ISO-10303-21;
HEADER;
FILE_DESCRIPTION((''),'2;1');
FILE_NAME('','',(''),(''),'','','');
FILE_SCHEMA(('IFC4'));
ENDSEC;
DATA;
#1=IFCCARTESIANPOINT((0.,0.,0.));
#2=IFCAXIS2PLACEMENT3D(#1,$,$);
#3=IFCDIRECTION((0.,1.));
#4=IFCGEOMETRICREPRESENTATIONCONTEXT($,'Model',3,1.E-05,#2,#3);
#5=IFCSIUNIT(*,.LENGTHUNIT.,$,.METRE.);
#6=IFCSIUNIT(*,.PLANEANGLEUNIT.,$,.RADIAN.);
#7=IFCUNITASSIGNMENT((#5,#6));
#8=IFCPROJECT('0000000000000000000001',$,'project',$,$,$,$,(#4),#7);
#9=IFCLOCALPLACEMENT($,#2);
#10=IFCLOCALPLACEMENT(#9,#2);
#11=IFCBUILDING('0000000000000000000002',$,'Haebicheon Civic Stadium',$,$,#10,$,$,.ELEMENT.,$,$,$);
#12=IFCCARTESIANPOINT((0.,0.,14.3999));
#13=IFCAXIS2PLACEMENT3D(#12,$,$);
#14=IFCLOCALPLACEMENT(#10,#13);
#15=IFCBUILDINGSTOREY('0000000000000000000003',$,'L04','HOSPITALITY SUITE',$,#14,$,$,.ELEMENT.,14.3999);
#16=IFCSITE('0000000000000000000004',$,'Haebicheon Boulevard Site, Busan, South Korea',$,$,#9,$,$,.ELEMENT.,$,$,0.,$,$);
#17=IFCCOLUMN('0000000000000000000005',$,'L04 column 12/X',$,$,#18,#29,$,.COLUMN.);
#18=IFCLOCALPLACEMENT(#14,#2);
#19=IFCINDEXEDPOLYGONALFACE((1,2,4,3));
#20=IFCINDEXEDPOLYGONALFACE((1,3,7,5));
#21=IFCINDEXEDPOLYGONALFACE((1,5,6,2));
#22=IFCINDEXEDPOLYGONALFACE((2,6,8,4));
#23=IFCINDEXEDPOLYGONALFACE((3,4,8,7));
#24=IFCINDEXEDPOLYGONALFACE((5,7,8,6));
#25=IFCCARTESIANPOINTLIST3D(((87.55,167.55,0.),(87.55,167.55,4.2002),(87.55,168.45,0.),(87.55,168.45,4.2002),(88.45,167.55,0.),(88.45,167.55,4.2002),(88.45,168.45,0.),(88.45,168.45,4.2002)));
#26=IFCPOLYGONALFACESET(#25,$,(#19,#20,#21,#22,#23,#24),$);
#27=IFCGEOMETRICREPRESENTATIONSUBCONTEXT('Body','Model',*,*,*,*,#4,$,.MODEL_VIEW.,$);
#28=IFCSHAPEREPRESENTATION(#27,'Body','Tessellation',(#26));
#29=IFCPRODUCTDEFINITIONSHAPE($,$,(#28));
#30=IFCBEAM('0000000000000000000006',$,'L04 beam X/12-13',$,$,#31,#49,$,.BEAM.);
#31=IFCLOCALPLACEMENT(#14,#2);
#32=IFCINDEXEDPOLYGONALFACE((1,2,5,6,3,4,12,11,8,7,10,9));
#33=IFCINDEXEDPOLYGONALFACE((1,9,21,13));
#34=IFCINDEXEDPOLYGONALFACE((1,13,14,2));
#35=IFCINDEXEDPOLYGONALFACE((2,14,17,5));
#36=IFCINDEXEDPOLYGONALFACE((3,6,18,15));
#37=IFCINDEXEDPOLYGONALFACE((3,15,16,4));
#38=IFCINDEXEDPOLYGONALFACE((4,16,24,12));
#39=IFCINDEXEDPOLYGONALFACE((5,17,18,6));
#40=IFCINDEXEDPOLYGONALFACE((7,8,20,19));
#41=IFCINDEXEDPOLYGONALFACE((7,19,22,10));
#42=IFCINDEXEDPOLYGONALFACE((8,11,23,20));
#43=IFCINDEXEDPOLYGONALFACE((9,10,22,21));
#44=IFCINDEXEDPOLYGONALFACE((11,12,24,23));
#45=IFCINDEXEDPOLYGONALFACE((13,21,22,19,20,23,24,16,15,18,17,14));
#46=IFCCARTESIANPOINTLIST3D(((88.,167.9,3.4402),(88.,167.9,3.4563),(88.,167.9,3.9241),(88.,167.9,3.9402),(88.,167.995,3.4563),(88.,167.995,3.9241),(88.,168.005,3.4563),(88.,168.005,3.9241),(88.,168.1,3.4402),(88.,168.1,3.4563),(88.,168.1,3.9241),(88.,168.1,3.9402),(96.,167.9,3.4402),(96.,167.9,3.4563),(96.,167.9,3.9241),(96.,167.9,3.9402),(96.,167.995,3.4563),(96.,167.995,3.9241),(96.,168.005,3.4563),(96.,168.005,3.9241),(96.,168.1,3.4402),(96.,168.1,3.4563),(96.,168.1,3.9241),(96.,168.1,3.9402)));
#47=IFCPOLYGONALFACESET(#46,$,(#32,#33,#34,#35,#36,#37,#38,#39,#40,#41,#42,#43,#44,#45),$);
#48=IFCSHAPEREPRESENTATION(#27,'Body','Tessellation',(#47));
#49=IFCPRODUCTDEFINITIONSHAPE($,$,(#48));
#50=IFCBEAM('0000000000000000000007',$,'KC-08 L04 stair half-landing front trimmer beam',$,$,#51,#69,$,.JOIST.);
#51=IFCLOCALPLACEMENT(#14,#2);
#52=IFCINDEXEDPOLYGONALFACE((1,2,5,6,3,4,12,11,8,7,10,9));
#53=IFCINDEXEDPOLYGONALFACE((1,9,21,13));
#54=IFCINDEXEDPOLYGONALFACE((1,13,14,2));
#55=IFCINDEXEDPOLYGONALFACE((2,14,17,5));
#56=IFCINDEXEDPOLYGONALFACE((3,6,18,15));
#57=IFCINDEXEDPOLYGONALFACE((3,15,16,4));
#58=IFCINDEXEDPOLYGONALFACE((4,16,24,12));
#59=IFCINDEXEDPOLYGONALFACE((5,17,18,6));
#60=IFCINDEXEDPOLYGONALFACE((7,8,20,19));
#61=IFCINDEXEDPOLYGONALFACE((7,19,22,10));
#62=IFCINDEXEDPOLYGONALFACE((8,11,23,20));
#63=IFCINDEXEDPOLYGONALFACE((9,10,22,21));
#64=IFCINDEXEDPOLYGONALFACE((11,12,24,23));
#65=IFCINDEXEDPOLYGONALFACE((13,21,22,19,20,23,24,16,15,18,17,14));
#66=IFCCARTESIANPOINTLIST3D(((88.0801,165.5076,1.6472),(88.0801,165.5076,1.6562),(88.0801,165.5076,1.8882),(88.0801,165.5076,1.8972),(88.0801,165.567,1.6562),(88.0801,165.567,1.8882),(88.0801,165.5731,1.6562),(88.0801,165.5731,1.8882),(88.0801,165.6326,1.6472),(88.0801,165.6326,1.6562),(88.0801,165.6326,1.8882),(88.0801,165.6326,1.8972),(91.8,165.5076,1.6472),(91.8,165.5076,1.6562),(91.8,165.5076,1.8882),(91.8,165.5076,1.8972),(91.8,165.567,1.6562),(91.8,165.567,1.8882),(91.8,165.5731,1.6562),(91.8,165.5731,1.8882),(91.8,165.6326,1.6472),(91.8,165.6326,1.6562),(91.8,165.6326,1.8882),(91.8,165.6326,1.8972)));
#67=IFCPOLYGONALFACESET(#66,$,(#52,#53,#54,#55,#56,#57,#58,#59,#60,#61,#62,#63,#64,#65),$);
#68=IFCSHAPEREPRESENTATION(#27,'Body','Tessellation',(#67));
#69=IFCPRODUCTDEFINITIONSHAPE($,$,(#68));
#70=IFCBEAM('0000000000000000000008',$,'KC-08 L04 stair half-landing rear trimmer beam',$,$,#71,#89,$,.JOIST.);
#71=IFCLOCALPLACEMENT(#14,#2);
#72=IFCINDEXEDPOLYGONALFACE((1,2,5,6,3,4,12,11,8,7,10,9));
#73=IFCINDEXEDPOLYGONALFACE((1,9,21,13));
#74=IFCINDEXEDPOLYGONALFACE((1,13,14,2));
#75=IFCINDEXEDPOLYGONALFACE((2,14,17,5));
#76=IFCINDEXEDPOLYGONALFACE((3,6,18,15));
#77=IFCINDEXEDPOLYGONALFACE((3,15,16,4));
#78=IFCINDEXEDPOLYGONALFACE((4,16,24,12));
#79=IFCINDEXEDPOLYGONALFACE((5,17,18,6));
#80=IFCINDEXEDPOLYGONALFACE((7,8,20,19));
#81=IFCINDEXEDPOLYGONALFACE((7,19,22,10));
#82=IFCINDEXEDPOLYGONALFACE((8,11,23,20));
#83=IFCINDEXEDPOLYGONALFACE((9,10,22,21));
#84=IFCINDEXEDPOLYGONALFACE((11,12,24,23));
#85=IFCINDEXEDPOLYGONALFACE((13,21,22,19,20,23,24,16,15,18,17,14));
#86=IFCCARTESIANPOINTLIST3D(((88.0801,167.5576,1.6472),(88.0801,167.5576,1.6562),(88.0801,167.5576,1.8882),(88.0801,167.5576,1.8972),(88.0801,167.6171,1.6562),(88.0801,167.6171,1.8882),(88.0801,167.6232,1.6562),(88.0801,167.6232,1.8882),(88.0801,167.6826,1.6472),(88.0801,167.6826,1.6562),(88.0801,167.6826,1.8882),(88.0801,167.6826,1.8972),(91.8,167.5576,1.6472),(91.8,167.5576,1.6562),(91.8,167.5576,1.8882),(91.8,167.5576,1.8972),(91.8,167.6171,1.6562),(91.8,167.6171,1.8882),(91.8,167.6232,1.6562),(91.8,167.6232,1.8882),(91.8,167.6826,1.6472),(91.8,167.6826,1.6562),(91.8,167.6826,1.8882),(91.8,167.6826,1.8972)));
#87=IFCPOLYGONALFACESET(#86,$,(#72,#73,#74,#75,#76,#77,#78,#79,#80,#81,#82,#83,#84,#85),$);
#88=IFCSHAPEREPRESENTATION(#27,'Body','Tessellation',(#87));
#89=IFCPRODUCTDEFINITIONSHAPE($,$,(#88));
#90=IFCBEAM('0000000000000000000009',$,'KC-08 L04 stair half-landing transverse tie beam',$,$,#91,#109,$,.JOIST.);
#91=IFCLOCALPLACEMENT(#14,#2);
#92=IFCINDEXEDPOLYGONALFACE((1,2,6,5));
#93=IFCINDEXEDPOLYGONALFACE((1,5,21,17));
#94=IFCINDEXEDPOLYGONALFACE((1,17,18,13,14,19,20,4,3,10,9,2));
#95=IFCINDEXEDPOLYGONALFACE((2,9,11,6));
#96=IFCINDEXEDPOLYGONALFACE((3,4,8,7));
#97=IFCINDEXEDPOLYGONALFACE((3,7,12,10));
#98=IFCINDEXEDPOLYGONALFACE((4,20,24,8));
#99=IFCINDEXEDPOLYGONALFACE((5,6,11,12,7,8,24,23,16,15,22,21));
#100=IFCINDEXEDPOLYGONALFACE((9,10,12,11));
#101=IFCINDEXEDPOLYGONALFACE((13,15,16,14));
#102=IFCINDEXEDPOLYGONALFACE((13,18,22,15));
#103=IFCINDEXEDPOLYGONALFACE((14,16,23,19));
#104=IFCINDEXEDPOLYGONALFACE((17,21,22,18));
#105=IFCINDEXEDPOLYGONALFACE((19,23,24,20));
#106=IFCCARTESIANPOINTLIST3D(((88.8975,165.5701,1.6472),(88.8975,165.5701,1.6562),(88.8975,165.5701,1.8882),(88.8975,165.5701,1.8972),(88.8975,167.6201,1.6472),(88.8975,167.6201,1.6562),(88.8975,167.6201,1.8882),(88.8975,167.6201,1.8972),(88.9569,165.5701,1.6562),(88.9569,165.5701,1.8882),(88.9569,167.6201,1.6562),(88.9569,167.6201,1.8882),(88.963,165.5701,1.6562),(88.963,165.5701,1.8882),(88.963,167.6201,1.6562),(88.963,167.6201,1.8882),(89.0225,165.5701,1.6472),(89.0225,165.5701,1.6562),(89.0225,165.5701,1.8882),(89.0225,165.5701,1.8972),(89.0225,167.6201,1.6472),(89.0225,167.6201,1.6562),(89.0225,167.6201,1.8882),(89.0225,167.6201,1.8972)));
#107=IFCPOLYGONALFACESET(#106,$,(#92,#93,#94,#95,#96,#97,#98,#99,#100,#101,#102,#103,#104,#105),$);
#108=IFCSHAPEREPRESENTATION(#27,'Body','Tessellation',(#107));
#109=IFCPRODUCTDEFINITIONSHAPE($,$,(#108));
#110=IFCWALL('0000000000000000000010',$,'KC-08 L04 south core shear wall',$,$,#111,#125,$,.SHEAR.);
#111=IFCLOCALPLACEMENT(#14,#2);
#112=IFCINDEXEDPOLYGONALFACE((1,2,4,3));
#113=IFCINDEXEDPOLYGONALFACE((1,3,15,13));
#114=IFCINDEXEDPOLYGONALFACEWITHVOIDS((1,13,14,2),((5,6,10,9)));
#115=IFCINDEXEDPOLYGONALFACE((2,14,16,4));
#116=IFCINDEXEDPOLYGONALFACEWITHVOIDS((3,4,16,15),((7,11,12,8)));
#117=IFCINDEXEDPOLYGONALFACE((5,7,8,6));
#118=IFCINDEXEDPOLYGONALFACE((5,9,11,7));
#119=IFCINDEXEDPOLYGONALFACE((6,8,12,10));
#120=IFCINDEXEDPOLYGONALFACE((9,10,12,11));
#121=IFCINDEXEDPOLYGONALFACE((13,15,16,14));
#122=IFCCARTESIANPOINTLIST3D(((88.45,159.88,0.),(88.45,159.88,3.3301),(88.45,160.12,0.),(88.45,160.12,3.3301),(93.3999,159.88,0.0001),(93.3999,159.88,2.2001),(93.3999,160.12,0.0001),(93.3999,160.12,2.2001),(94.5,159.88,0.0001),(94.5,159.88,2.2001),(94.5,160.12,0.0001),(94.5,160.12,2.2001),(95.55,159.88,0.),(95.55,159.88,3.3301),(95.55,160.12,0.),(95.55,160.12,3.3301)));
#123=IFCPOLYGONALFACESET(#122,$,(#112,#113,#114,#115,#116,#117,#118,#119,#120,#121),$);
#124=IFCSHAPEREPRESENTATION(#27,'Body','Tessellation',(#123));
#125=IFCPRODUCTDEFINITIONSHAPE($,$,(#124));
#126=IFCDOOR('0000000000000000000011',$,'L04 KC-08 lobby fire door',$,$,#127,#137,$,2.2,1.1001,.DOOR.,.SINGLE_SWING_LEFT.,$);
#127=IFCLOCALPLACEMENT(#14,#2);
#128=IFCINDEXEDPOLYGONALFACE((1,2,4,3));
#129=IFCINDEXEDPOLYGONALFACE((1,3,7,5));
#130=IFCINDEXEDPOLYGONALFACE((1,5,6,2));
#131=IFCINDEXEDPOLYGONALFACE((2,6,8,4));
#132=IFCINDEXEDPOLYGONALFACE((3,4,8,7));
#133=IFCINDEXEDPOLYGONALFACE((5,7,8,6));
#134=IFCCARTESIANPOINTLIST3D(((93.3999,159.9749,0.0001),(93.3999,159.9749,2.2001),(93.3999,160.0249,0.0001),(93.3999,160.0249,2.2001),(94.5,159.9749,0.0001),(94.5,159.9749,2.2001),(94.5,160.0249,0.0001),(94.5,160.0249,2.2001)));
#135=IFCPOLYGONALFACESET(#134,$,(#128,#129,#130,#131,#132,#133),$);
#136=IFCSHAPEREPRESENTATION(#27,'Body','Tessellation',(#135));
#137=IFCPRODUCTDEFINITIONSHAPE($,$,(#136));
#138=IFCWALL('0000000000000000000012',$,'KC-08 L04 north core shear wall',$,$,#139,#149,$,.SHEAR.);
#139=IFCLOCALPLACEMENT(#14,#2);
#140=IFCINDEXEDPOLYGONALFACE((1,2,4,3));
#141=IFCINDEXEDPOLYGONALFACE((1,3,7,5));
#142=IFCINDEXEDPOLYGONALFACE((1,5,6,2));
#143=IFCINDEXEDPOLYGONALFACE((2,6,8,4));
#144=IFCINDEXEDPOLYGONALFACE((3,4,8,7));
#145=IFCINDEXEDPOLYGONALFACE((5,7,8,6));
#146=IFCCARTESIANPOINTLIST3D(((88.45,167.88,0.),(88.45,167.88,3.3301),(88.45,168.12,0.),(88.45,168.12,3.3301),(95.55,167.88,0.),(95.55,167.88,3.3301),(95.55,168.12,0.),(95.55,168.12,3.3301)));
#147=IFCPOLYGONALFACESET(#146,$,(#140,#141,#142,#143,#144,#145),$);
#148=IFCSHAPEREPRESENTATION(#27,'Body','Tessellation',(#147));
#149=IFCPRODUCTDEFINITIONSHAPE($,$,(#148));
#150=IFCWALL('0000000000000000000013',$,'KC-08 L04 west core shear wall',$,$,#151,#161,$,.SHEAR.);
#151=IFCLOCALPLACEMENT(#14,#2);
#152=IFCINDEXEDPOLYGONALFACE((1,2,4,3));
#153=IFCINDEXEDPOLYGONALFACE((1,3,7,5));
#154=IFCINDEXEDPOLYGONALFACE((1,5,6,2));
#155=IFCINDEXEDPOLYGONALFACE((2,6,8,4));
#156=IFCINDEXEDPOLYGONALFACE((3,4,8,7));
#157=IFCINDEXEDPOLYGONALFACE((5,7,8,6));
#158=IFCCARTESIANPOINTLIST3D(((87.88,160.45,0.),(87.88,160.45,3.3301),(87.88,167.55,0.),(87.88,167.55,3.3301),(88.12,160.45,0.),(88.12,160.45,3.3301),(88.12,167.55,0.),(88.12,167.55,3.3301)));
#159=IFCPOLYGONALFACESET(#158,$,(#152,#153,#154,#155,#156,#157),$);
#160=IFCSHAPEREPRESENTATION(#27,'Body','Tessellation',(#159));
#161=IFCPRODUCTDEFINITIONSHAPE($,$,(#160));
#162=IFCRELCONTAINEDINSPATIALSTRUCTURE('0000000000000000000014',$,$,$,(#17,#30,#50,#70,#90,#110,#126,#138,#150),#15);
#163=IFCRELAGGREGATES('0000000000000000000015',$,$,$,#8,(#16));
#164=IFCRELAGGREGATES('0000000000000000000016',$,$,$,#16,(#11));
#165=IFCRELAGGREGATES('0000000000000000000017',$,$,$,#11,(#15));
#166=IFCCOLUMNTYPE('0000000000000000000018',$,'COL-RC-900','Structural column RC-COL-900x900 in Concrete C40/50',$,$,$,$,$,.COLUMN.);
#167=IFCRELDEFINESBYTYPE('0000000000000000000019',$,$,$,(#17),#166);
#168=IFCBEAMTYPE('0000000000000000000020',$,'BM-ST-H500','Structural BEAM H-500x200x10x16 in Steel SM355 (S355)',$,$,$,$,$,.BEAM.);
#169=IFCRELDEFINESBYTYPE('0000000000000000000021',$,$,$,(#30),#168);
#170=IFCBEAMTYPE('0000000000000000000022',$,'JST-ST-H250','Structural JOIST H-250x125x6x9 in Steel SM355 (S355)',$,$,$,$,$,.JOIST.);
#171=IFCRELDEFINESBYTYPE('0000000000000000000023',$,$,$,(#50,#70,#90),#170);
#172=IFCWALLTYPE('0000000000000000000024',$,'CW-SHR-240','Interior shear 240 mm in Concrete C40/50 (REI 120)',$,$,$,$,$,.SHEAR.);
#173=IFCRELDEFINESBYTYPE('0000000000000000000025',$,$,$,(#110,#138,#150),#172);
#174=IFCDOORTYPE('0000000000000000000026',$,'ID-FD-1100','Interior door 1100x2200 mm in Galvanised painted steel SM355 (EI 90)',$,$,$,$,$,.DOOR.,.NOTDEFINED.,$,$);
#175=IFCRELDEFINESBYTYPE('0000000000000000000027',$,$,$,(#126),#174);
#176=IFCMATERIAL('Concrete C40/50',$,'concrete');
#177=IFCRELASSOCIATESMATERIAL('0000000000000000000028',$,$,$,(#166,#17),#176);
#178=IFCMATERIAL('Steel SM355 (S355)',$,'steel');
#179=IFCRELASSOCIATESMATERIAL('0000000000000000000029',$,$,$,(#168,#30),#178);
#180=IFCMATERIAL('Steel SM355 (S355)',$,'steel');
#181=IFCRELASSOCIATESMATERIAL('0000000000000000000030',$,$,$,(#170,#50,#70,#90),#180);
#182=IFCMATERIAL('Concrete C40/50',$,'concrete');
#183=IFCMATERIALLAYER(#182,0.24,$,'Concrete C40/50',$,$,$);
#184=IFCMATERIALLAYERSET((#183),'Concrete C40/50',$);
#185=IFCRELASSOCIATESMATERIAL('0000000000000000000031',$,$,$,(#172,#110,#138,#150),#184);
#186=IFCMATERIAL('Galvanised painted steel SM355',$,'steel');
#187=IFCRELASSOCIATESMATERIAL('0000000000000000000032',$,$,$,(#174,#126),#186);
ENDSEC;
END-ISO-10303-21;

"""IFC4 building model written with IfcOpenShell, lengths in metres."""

from ifc_helpers import new_model, si_unit, direction, frame, frame_2d, origin, origin_2d, place, context, subcontext, project, spatial, rectangle, i_section, extrude, material, layer, layer_set, material_profile, profile_set, type_object, element, fill, save


model = new_model("IFC4")

# Units and contexts
model_context = context("Model", 3, precision=1e-05, world=origin(), true_north=direction((0.0, 1.0)))
body_context = subcontext(model_context, "Body", "Model", "MODEL_VIEW")
ifc_project = project(units=[si_unit("LENGTHUNIT", "METRE"), si_unit("PLANEANGLEUNIT", "RADIAN")], contexts=[model_context])

# Site, building, storey
site_placement = place(None, origin())
site = spatial("IfcSite", under=ifc_project, at=site_placement, Name="Haebicheon Boulevard Site, Busan, South Korea", CompositionType="ELEMENT", RefElevation=0.0)
building_placement = place(site_placement, origin())
building = spatial("IfcBuilding", under=site, at=building_placement, Name="Haebicheon Civic Stadium", CompositionType="ELEMENT")
storey_placement = place(building_placement, frame((0.0, 0.0, 14.3999)))
storey = spatial("IfcBuildingStorey", under=building, at=storey_placement, Name="L04", Description="HOSPITALITY SUITE", CompositionType="ELEMENT", Elevation=14.3999)

# Column
ifc_material_1 = material(Name="Concrete C40/50", Category="concrete")
ifc_material_profile_1 = material_profile(ifc_material_1, rectangle(XDim=0.8999, YDim=0.8999, at=origin_2d()), Name="RC-COL-900x900")
ifc_profile_set_1 = profile_set([ifc_material_profile_1], Name="Concrete C40/50")
column_type = type_object("IfcColumnType", Name="COL-RC-900", Description="Structural column RC-COL-900x900 in Concrete C40/50", PredefinedType="COLUMN", material=ifc_profile_set_1)
column_placement = place(storey_placement, frame((88.0, 168.0, 0.0), z_axis=(0.0, 0.0, 1.0), x_axis=(1.0, 0.0, 0.0)))
element("IfcColumn", 1, at=column_placement, inside=storey, type_object=column_type, material=ifc_profile_set_1, Name="L04 column 12/X", PredefinedType="COLUMN", context=body_context, shape_type="SweptSolid", body=[
    extrude(rectangle(XDim=0.8999, YDim=0.8999, at=origin_2d()), origin(), (0.0, 0.0, 1.0), 4.2002),
])

# Beams
ifc_material_2 = material(Name="Steel SM355 (S355)", Category="steel")
ifc_material_profile_2 = material_profile(ifc_material_2, i_section(OverallWidth=0.2, OverallDepth=0.5, WebThickness=0.01, FlangeThickness=0.0161, at=origin_2d()), Name="H-500x200x10x16")
ifc_profile_set_2 = profile_set([ifc_material_profile_2], Name="Steel SM355 (S355)")
beam_type_1 = type_object("IfcBeamType", Name="BM-ST-H500", Description="Structural BEAM H-500x200x10x16 in Steel SM355 (S355)", PredefinedType="BEAM", material=ifc_profile_set_2)
beam_1_placement = place(storey_placement, frame((88.0, 168.0, 3.6902), z_axis=(1.0, 0.0, 0.0), x_axis=(0.0, 1.0, 0.0)))
element("IfcBeam", 2, at=beam_1_placement, inside=storey, type_object=beam_type_1, material=ifc_profile_set_2, Name="L04 beam X/12-13", PredefinedType="BEAM", context=body_context, shape_type="SweptSolid", body=[
    extrude(i_section(OverallWidth=0.2, OverallDepth=0.5, WebThickness=0.01, FlangeThickness=0.0161, at=origin_2d()), origin(), (0.0, 0.0, 1.0), 8.0),
])
ifc_material_3 = material(Name="Steel SM355 (S355)", Category="steel")
ifc_material_profile_3 = material_profile(ifc_material_3, i_section(OverallWidth=0.125, OverallDepth=0.25, WebThickness=0.0061, FlangeThickness=0.009, at=origin_2d()), Name="H-250x125x6x9")
ifc_profile_set_3 = profile_set([ifc_material_profile_3], Name="Steel SM355 (S355)")
beam_type_2 = type_object("IfcBeamType", Name="JST-ST-H250", Description="Structural JOIST H-250x125x6x9 in Steel SM355 (S355)", PredefinedType="JOIST", material=ifc_profile_set_3)
for number, where, z_axis, x_axis, name in (
    (3, (88.0801, 165.5701, 1.7722), (1.0, 0.0, 0.0), (0.0, 1.0, 0.0), "KC-08 L04 stair half-landing front trimmer beam"),
    (4, (88.0801, 167.6201, 1.7722), (1.0, 0.0, 0.0), (0.0, 1.0, 0.0), "KC-08 L04 stair half-landing rear trimmer beam"),
):
    element("IfcBeam", number, at=place(storey_placement, frame(where, z_axis=z_axis, x_axis=x_axis)), inside=storey, type_object=beam_type_2, material=ifc_profile_set_3, Name=name, PredefinedType="JOIST", context=body_context, shape_type="SweptSolid", body=[
        extrude(i_section(OverallWidth=0.125, OverallDepth=0.25, WebThickness=0.0061, FlangeThickness=0.009, at=origin_2d()), origin(), (0.0, 0.0, 1.0), 3.72),
    ])
beam_2_placement = place(storey_placement, frame((88.96, 165.5701, 1.7722), z_axis=(0.0, 1.0, 0.0), x_axis=(-1.0, 0.0, 0.0)))
element("IfcBeam", 5, at=beam_2_placement, inside=storey, type_object=beam_type_2, material=ifc_profile_set_3, Name="KC-08 L04 stair half-landing transverse tie beam", PredefinedType="JOIST", context=body_context, shape_type="SweptSolid", body=[
    extrude(i_section(OverallWidth=0.125, OverallDepth=0.25, WebThickness=0.0061, FlangeThickness=0.009, at=origin_2d()), origin(), (0.0, 0.0, 1.0), 2.05),
])

# Wall, opening, door
ifc_material_4 = material(Name="Concrete C40/50", Category="concrete")
ifc_layer = layer(ifc_material_4, 0.24, Name="Concrete C40/50")
ifc_layer_set = layer_set([ifc_layer], Name="Concrete C40/50")
wall_type = type_object("IfcWallType", Name="CW-SHR-240", Description="Interior shear 240 mm in Concrete C40/50 (REI 120)", PredefinedType="SHEAR", material=ifc_layer_set)
wall_placement = place(storey_placement, frame((88.45, 160.0, 0.0), z_axis=(0.0, 0.0, 1.0), x_axis=(1.0, 0.0, 0.0)))
wall = element("IfcWall", 6, at=wall_placement, inside=storey, type_object=wall_type, material=ifc_layer_set, Name="KC-08 L04 south core shear wall", PredefinedType="SHEAR", context=body_context, shape_type="SweptSolid", body=[
    extrude(rectangle(XDim=7.1001, YDim=0.24, at=frame_2d((3.55, 0.0))), origin(), (0.0, 0.0, 1.0), 3.3301),
])
opening_placement = place(wall_placement, frame((4.95, 0.0, 0.0)))
opening = element("IfcOpeningElement", 7, at=opening_placement, cuts=wall, PredefinedType="OPENING", context=body_context, shape_type="SweptSolid", body=[
    extrude(rectangle(XDim=1.1001, YDim=2.2, at=frame_2d((0.55, 1.1001))), frame((0.0, 0.1299, 0.0), z_axis=(0.0, -1.0, 0.0), x_axis=(1.0, 0.0, 0.0)), (0.0, 0.0, 1.0), 0.26),
])
ifc_material_5 = material(Name="Galvanised painted steel SM355", Category="steel")
door_type = type_object("IfcDoorType", Name="ID-FD-1100", Description="Interior door 1100x2200 mm in Galvanised painted steel SM355 (EI 90)", OperationType="NOTDEFINED", PredefinedType="DOOR", material=ifc_material_5)
door_placement = place(opening_placement, origin())
door = element("IfcDoor", 8, at=door_placement, inside=storey, type_object=door_type, material=ifc_material_5, Name="L04 KC-08 lobby fire door", OperationType="SINGLE_SWING_LEFT", OverallHeight=2.2, OverallWidth=1.1001, PredefinedType="DOOR", context=body_context, shape_type="SweptSolid", body=[
    extrude(rectangle(XDim=1.1001, YDim=2.2, at=frame_2d((0.55, 1.1001))), frame((0.0, 0.0249, 0.0), z_axis=(0.0, -1.0, 0.0), x_axis=(1.0, 0.0, 0.0)), (0.0, 0.0, 1.0), 0.05),
])
fill(opening, door)

# Walls
for number, where, z_axis, x_axis, name in (
    (9, (88.45, 168.0, 0.0), (0.0, 0.0, 1.0), (1.0, 0.0, 0.0), "KC-08 L04 north core shear wall"),
    (10, (88.0, 160.45, 0.0), (0.0, 0.0, 1.0), (0.0, 1.0, 0.0), "KC-08 L04 west core shear wall"),
):
    element("IfcWall", number, at=place(storey_placement, frame(where, z_axis=z_axis, x_axis=x_axis)), inside=storey, type_object=wall_type, material=ifc_layer_set, Name=name, PredefinedType="SHEAR", context=body_context, shape_type="SweptSolid", body=[
        extrude(rectangle(XDim=7.1001, YDim=0.24, at=frame_2d((3.55, 0.0))), origin(), (0.0, 0.0, 1.0), 3.3301),
    ])

save(model, "model.ifc")
